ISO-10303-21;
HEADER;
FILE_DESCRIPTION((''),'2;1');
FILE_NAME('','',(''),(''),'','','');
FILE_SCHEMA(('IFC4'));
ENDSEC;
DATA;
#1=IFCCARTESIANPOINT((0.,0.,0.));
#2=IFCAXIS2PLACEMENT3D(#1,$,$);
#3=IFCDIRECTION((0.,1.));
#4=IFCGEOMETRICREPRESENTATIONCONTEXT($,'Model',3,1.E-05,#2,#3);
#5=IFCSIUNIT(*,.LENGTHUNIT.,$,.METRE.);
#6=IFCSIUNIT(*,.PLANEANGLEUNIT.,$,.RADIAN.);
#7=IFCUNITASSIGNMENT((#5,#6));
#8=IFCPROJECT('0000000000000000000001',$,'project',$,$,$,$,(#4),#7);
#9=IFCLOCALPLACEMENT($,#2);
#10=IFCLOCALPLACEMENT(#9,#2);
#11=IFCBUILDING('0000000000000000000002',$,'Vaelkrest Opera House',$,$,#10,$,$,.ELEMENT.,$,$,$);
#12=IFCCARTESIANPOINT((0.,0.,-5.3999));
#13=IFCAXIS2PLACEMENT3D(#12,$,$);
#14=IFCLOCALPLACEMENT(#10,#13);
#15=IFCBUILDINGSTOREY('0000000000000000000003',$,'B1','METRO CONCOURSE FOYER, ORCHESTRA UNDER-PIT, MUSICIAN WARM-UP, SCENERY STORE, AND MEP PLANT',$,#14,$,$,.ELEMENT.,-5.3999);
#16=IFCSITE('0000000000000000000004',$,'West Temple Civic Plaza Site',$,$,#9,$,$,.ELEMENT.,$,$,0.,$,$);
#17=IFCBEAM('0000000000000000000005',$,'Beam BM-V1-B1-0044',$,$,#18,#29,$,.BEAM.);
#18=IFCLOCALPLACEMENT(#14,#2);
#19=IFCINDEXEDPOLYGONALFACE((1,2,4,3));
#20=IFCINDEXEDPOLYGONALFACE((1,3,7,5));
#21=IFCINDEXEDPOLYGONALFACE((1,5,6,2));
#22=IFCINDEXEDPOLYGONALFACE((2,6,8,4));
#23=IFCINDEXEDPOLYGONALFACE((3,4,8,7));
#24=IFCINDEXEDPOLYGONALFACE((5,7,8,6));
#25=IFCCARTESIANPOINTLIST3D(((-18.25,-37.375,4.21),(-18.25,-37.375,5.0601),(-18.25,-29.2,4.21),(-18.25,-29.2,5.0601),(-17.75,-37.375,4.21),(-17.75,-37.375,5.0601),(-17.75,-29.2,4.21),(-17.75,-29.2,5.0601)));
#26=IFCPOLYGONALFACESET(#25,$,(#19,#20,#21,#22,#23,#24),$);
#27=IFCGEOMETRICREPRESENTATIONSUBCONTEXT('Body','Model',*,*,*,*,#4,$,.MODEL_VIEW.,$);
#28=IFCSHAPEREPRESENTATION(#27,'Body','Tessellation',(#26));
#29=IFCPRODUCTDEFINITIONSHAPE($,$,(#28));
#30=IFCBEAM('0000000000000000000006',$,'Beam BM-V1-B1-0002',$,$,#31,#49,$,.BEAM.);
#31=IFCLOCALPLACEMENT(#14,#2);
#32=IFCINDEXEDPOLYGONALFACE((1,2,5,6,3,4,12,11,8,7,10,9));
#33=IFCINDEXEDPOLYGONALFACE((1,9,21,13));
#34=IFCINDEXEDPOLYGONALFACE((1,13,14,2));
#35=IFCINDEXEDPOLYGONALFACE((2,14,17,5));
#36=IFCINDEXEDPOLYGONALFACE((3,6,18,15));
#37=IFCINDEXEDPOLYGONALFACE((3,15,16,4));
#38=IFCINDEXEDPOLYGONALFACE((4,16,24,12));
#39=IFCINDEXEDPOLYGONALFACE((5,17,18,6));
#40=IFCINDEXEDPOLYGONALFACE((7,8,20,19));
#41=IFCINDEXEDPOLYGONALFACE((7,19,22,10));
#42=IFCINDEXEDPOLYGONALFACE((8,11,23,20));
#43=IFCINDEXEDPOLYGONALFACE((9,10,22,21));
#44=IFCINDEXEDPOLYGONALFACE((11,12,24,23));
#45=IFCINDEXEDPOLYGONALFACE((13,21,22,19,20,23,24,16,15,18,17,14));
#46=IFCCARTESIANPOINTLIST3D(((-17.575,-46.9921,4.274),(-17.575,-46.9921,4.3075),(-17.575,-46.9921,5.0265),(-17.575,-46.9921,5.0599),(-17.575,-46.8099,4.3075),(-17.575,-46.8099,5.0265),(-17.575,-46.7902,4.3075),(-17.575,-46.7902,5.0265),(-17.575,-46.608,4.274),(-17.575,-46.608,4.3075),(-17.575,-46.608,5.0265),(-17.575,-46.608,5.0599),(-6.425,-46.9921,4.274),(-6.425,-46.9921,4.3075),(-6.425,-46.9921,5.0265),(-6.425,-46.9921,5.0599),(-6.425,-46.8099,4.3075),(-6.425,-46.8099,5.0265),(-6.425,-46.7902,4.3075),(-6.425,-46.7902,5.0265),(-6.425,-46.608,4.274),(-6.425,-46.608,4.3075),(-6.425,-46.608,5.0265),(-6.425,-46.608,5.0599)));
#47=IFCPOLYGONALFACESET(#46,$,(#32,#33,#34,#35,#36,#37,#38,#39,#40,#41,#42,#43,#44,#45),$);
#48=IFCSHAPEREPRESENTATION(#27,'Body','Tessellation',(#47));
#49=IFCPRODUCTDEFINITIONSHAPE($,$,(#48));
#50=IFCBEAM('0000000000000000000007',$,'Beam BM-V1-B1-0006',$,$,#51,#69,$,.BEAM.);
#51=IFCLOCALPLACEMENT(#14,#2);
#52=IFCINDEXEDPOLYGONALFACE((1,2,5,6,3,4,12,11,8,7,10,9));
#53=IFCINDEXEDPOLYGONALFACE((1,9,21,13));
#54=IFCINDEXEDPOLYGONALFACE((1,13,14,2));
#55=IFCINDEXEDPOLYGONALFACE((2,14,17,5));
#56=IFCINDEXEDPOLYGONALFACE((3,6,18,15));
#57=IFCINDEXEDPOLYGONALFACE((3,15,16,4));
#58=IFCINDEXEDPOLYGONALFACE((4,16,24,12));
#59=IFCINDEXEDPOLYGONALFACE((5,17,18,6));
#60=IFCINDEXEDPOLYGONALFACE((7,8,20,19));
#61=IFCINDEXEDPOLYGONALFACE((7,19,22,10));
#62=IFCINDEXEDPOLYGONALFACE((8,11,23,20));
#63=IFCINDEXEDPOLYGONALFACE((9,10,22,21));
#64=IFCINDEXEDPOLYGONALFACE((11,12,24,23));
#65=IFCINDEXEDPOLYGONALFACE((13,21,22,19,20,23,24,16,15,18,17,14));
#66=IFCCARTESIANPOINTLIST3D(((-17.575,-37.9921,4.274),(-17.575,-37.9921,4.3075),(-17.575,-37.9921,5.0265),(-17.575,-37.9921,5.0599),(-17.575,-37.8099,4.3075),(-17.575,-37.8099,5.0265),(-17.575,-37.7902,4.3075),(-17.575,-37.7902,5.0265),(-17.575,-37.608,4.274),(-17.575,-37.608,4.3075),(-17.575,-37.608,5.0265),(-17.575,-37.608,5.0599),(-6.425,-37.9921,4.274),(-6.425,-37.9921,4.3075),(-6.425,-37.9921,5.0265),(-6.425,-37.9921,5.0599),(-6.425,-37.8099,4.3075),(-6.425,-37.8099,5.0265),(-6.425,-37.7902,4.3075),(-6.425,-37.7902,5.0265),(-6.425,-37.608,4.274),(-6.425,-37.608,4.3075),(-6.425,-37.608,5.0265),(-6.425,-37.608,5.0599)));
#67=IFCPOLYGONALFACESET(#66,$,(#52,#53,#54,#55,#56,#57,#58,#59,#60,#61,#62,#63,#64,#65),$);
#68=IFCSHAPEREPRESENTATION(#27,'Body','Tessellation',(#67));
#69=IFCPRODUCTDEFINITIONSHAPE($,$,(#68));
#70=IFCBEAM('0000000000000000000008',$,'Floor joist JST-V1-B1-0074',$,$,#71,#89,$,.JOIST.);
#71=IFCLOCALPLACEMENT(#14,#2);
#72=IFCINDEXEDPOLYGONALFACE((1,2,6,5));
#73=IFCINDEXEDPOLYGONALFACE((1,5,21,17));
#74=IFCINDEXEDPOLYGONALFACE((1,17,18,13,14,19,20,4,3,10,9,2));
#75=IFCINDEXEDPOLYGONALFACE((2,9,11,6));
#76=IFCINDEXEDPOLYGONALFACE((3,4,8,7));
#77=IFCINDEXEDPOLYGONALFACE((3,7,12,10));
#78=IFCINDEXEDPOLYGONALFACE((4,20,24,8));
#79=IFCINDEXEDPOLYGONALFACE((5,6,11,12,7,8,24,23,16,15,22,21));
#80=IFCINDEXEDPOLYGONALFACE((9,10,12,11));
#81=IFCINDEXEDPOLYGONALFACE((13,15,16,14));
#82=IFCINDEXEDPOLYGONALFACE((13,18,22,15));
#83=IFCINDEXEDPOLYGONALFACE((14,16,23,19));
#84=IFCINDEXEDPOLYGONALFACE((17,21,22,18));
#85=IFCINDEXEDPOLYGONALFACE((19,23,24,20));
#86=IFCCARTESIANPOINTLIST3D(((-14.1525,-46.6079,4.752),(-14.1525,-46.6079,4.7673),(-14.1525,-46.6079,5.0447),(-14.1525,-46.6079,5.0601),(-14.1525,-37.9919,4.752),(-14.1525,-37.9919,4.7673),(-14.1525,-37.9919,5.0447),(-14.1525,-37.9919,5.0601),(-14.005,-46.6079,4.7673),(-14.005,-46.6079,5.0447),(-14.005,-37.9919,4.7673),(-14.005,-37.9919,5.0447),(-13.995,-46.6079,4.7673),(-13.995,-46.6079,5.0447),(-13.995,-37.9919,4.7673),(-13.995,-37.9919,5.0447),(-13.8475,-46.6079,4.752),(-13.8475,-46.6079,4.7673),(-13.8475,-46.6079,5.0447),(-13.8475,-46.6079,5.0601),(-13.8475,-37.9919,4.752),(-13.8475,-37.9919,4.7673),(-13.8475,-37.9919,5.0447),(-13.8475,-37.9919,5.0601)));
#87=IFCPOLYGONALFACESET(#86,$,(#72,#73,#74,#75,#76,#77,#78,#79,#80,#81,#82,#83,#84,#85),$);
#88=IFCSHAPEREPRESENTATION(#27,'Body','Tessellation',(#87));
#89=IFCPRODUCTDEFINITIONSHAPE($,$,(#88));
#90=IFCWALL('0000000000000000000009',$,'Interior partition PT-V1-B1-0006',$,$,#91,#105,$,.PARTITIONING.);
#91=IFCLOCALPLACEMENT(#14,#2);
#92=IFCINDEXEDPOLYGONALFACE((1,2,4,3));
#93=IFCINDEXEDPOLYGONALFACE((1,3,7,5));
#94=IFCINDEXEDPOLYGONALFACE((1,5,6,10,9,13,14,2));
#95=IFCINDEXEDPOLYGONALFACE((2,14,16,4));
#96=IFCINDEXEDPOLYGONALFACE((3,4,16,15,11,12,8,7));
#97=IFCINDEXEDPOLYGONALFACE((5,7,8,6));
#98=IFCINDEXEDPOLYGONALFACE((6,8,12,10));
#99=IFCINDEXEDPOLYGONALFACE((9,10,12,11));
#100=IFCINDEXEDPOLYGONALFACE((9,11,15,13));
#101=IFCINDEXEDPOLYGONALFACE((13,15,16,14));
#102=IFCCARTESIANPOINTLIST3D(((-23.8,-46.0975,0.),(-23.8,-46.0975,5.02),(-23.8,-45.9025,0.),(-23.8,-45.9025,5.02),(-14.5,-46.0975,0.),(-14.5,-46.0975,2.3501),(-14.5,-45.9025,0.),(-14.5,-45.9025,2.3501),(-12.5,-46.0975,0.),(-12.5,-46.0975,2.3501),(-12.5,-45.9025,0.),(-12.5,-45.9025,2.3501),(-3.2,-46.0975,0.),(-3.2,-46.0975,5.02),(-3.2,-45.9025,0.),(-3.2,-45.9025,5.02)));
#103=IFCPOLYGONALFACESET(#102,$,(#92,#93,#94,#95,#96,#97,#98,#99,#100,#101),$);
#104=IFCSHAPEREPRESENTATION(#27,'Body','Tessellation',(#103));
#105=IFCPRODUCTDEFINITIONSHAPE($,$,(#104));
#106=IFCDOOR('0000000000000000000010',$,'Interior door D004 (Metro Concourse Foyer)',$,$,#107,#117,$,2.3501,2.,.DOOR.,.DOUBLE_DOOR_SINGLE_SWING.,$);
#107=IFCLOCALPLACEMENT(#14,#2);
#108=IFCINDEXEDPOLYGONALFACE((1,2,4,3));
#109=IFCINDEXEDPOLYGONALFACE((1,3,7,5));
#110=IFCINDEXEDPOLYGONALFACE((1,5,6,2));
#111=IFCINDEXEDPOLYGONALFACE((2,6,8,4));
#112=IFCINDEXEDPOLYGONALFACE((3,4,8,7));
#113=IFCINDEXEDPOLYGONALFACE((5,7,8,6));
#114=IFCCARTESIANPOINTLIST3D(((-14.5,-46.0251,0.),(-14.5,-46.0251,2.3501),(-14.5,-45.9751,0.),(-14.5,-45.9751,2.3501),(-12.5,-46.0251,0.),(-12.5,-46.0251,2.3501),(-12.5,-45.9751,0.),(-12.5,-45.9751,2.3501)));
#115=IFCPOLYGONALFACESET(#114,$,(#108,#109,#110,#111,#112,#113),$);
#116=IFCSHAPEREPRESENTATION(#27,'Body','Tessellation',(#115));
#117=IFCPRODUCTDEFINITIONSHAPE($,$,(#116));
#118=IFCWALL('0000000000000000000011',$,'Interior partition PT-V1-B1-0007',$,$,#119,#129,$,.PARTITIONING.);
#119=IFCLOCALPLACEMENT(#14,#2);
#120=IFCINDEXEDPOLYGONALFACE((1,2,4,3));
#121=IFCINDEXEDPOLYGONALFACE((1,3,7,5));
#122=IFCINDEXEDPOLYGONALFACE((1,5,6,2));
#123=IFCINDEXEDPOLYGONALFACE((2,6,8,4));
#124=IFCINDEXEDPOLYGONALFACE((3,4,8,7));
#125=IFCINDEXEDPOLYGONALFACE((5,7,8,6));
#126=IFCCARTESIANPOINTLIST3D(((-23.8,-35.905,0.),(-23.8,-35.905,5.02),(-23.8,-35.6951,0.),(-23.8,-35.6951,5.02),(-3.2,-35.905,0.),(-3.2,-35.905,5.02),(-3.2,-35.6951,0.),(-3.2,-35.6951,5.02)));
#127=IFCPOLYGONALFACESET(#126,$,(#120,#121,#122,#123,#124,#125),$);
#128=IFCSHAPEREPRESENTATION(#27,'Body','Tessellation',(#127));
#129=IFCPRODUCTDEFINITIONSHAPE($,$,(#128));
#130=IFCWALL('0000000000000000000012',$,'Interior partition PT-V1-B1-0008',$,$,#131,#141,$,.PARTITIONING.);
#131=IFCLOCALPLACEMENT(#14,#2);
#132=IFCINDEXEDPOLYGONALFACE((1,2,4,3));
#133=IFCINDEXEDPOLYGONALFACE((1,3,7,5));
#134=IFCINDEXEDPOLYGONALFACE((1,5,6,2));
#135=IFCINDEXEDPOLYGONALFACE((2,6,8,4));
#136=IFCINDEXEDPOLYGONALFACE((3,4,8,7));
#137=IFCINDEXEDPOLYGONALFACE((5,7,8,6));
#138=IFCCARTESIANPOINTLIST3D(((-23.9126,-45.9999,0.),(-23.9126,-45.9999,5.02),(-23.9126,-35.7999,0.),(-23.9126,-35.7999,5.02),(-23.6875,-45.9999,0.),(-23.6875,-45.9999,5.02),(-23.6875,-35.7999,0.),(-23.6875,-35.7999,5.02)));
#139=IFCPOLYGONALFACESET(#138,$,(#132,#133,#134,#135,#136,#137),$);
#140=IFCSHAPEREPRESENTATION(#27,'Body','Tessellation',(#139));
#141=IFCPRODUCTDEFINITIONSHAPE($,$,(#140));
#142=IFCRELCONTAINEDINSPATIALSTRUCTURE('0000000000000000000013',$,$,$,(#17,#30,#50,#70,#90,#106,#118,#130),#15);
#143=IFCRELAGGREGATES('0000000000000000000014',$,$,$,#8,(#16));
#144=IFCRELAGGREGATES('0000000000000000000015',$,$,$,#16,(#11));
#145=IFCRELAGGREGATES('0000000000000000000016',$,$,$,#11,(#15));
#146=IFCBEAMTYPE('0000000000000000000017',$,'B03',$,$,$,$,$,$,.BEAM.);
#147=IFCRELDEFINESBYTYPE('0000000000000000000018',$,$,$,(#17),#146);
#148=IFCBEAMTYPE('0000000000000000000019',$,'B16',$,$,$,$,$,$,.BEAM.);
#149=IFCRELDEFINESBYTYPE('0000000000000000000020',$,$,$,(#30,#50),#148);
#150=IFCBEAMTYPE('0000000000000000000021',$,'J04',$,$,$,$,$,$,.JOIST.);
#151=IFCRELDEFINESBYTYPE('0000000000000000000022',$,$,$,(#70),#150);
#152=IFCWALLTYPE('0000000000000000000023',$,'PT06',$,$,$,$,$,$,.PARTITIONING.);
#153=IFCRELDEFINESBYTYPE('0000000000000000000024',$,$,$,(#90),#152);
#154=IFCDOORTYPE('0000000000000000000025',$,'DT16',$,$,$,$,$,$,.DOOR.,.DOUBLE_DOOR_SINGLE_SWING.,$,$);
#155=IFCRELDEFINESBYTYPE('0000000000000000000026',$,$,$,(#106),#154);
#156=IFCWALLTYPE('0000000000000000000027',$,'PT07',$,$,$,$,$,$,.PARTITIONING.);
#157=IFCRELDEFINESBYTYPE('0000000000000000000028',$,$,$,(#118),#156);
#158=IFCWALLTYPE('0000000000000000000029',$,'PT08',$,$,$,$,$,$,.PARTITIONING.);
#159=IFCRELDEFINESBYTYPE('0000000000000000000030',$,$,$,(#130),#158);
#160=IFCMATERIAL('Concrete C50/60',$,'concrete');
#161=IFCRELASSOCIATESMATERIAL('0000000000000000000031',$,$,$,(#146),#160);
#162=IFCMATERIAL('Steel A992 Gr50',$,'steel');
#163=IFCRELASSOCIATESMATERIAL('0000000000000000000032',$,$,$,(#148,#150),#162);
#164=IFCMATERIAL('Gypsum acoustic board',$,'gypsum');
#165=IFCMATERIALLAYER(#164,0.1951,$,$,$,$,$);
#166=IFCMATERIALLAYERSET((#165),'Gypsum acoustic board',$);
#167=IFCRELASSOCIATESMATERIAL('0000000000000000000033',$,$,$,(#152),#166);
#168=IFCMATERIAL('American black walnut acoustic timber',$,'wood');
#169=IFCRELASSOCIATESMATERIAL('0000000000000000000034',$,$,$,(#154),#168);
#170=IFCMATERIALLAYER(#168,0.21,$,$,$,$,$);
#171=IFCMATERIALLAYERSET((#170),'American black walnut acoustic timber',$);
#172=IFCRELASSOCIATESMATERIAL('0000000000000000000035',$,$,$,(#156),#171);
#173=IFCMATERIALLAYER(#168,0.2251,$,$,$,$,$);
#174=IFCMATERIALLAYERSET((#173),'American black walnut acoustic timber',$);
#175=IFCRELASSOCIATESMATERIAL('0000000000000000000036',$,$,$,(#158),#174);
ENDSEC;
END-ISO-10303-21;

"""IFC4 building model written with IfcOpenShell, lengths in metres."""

from ifc_helpers import new_model, si_unit, direction, frame, frame_2d, origin, origin_2d, place, context, subcontext, project, spatial, rectangle, i_section, extrude, material, layer, layer_set, material_profile, profile_set, type_object, element, fill, save


model = new_model("IFC4")

# Units and contexts
model_context = context("Model", 3, precision=1e-05, world=origin(), true_north=direction((0.0, 1.0)))
body_context = subcontext(model_context, "Body", "Model", "MODEL_VIEW")
ifc_project = project(units=[si_unit("LENGTHUNIT", "METRE"), si_unit("PLANEANGLEUNIT", "RADIAN")], contexts=[model_context])

# Site, building, storey
site_placement = place(None, origin())
site = spatial("IfcSite", under=ifc_project, at=site_placement, Name="West Temple Civic Plaza Site", CompositionType="ELEMENT", RefElevation=0.0)
building_placement = place(site_placement, origin())
building = spatial("IfcBuilding", under=site, at=building_placement, Name="Vaelkrest Opera House", CompositionType="ELEMENT")
storey_placement = place(building_placement, frame((0.0, 0.0, -5.3999)))
storey = spatial("IfcBuildingStorey", under=building, at=storey_placement, Name="B1", Description="METRO CONCOURSE FOYER, ORCHESTRA UNDER-PIT, MUSICIAN WARM-UP, SCENERY STORE, AND MEP PLANT", CompositionType="ELEMENT", Elevation=-5.3999)

# Shared definitions
ifc_material_1 = material(Name="Concrete C50/60", Category="concrete")

# Beams
ifc_material_profile_1 = material_profile(ifc_material_1, rectangle(XDim=0.5, YDim=0.8501, at=origin_2d()), Name="RCB500X850")
ifc_profile_set_1 = profile_set([ifc_material_profile_1], Name="Concrete C50/60")
beam_type_1 = type_object("IfcBeamType", Name="B03", PredefinedType="BEAM", material=ifc_profile_set_1)
beam_1_placement = place(storey_placement, frame((-18.0, -37.375, 4.635), z_axis=(0.0, 1.0, 0.0), x_axis=(-1.0, 0.0, 0.0)))
element("IfcBeam", 1, at=beam_1_placement, inside=storey, type_object=beam_type_1, Name="Beam BM-V1-B1-0044", PredefinedType="BEAM", context=body_context, shape_type="SweptSolid", body=[
    extrude(rectangle(XDim=0.5, YDim=0.8501, at=origin_2d()), origin(), (0.0, 0.0, 1.0), 8.175),
])
ifc_material_2 = material(Name="Steel A992 Gr50", Category="steel")
ifc_material_profile_2 = material_profile(ifc_material_2, i_section(OverallWidth=0.384, OverallDepth=0.7859, WebThickness=0.0198, FlangeThickness=0.0334, at=origin_2d()), Name="W30X211")
ifc_profile_set_2 = profile_set([ifc_material_profile_2], Name="Steel A992 Gr50")
beam_type_2 = type_object("IfcBeamType", Name="B16", PredefinedType="BEAM", material=ifc_profile_set_2)
for number, where, z_axis, x_axis, name in (
    (2, (-17.575, -46.8, 4.667), (1.0, 0.0, 0.0), (0.0, 1.0, 0.0), "Beam BM-V1-B1-0002"),
    (3, (-17.575, -37.8, 4.667), (1.0, 0.0, 0.0), (0.0, 1.0, 0.0), "Beam BM-V1-B1-0006"),
):
    element("IfcBeam", number, at=place(storey_placement, frame(where, z_axis=z_axis, x_axis=x_axis)), inside=storey, type_object=beam_type_2, Name=name, PredefinedType="BEAM", context=body_context, shape_type="SweptSolid", body=[
        extrude(i_section(OverallWidth=0.384, OverallDepth=0.7859, WebThickness=0.0198, FlangeThickness=0.0334, at=origin_2d()), origin(), (0.0, 0.0, 1.0), 11.1499),
    ])
ifc_material_profile_3 = material_profile(ifc_material_2, i_section(OverallWidth=0.3049, OverallDepth=0.3081, WebThickness=0.01, FlangeThickness=0.0154, at=origin_2d()), Name="W12X65")
ifc_profile_set_3 = profile_set([ifc_material_profile_3], Name="Steel A992 Gr50")
beam_type_3 = type_object("IfcBeamType", Name="J04", PredefinedType="JOIST", material=ifc_profile_set_3)
beam_2_placement = place(storey_placement, frame((-14.0, -46.6079, 4.906), z_axis=(0.0, 1.0, 0.0), x_axis=(-1.0, 0.0, 0.0)))
element("IfcBeam", 4, at=beam_2_placement, inside=storey, type_object=beam_type_3, Name="Floor joist JST-V1-B1-0074", PredefinedType="JOIST", context=body_context, shape_type="SweptSolid", body=[
    extrude(i_section(OverallWidth=0.3049, OverallDepth=0.3081, WebThickness=0.01, FlangeThickness=0.0154, at=origin_2d()), origin(), (0.0, 0.0, 1.0), 8.616),
])

# Wall, opening, door
ifc_material_3 = material(Name="Gypsum acoustic board", Category="gypsum")
ifc_layer_1 = layer(ifc_material_3, 0.1951)
ifc_layer_set_1 = layer_set([ifc_layer_1], Name="Gypsum acoustic board")
wall_type_1 = type_object("IfcWallType", Name="PT06", PredefinedType="PARTITIONING", material=ifc_layer_set_1)
wall_1_placement = place(storey_placement, frame((-23.8, -46.0, 0.0), z_axis=(0.0, 0.0, 1.0), x_axis=(1.0, 0.0, 0.0)))
wall_1 = element("IfcWall", 5, at=wall_1_placement, inside=storey, type_object=wall_type_1, Name="Interior partition PT-V1-B1-0006", PredefinedType="PARTITIONING", context=body_context, shape_type="SweptSolid", body=[
    extrude(rectangle(XDim=20.6001, YDim=0.1951, at=frame_2d((10.3, 0.0))), origin(), (0.0, 0.0, 1.0), 5.02),
])
opening_placement = place(wall_1_placement, frame((9.3, 0.0, 0.0)))
opening = element("IfcOpeningElement", 6, at=opening_placement, cuts=wall_1, PredefinedType="OPENING", context=body_context, shape_type="SweptSolid", body=[
    extrude(rectangle(XDim=2.0, YDim=2.3501, at=frame_2d((1.0, 1.175))), frame((0.0, 0.1074, 0.0), z_axis=(0.0, -1.0, 0.0), x_axis=(1.0, 0.0, 0.0)), (0.0, 0.0, 1.0), 0.2151),
])
ifc_material_4 = material(Name="American black walnut acoustic timber", Category="wood")
door_type = type_object("IfcDoorType", Name="DT16", OperationType="DOUBLE_DOOR_SINGLE_SWING", PredefinedType="DOOR", material=ifc_material_4)
door_placement = place(opening_placement, origin())
door = element("IfcDoor", 7, at=door_placement, inside=storey, type_object=door_type, Name="Interior door D004 (Metro Concourse Foyer)", OperationType="DOUBLE_DOOR_SINGLE_SWING", OverallHeight=2.3501, OverallWidth=2.0, PredefinedType="DOOR", context=body_context, shape_type="SweptSolid", body=[
    extrude(rectangle(XDim=2.0, YDim=2.3501, at=frame_2d((1.0, 1.175))), frame((0.0, 0.0249, 0.0), z_axis=(0.0, -1.0, 0.0), x_axis=(1.0, 0.0, 0.0)), (0.0, 0.0, 1.0), 0.05),
])
fill(opening, door)

# Walls
ifc_layer_2 = layer(ifc_material_4, 0.21)
ifc_layer_set_2 = layer_set([ifc_layer_2], Name="American black walnut acoustic timber")
wall_type_2 = type_object("IfcWallType", Name="PT07", PredefinedType="PARTITIONING", material=ifc_layer_set_2)
wall_2_placement = place(storey_placement, frame((-23.8, -35.8, 0.0), z_axis=(0.0, 0.0, 1.0), x_axis=(1.0, 0.0, 0.0)))
element("IfcWall", 8, at=wall_2_placement, inside=storey, type_object=wall_type_2, Name="Interior partition PT-V1-B1-0007", PredefinedType="PARTITIONING", context=body_context, shape_type="SweptSolid", body=[
    extrude(rectangle(XDim=20.6001, YDim=0.21, at=frame_2d((10.3, 0.0))), origin(), (0.0, 0.0, 1.0), 5.02),
])
ifc_layer_3 = layer(ifc_material_4, 0.2251)
ifc_layer_set_3 = layer_set([ifc_layer_3], Name="American black walnut acoustic timber")
wall_type_3 = type_object("IfcWallType", Name="PT08", PredefinedType="PARTITIONING", material=ifc_layer_set_3)
wall_3_placement = place(storey_placement, frame((-23.8, -46.0, 0.0), z_axis=(0.0, 0.0, 1.0), x_axis=(0.0, 1.0, 0.0)))
element("IfcWall", 9, at=wall_3_placement, inside=storey, type_object=wall_type_3, Name="Interior partition PT-V1-B1-0008", PredefinedType="PARTITIONING", context=body_context, shape_type="SweptSolid", body=[
    extrude(rectangle(XDim=10.2, YDim=0.2251, at=frame_2d((5.1001, 0.0))), origin(), (0.0, 0.0, 1.0), 5.02),
])

save(model, "model.ifc")
